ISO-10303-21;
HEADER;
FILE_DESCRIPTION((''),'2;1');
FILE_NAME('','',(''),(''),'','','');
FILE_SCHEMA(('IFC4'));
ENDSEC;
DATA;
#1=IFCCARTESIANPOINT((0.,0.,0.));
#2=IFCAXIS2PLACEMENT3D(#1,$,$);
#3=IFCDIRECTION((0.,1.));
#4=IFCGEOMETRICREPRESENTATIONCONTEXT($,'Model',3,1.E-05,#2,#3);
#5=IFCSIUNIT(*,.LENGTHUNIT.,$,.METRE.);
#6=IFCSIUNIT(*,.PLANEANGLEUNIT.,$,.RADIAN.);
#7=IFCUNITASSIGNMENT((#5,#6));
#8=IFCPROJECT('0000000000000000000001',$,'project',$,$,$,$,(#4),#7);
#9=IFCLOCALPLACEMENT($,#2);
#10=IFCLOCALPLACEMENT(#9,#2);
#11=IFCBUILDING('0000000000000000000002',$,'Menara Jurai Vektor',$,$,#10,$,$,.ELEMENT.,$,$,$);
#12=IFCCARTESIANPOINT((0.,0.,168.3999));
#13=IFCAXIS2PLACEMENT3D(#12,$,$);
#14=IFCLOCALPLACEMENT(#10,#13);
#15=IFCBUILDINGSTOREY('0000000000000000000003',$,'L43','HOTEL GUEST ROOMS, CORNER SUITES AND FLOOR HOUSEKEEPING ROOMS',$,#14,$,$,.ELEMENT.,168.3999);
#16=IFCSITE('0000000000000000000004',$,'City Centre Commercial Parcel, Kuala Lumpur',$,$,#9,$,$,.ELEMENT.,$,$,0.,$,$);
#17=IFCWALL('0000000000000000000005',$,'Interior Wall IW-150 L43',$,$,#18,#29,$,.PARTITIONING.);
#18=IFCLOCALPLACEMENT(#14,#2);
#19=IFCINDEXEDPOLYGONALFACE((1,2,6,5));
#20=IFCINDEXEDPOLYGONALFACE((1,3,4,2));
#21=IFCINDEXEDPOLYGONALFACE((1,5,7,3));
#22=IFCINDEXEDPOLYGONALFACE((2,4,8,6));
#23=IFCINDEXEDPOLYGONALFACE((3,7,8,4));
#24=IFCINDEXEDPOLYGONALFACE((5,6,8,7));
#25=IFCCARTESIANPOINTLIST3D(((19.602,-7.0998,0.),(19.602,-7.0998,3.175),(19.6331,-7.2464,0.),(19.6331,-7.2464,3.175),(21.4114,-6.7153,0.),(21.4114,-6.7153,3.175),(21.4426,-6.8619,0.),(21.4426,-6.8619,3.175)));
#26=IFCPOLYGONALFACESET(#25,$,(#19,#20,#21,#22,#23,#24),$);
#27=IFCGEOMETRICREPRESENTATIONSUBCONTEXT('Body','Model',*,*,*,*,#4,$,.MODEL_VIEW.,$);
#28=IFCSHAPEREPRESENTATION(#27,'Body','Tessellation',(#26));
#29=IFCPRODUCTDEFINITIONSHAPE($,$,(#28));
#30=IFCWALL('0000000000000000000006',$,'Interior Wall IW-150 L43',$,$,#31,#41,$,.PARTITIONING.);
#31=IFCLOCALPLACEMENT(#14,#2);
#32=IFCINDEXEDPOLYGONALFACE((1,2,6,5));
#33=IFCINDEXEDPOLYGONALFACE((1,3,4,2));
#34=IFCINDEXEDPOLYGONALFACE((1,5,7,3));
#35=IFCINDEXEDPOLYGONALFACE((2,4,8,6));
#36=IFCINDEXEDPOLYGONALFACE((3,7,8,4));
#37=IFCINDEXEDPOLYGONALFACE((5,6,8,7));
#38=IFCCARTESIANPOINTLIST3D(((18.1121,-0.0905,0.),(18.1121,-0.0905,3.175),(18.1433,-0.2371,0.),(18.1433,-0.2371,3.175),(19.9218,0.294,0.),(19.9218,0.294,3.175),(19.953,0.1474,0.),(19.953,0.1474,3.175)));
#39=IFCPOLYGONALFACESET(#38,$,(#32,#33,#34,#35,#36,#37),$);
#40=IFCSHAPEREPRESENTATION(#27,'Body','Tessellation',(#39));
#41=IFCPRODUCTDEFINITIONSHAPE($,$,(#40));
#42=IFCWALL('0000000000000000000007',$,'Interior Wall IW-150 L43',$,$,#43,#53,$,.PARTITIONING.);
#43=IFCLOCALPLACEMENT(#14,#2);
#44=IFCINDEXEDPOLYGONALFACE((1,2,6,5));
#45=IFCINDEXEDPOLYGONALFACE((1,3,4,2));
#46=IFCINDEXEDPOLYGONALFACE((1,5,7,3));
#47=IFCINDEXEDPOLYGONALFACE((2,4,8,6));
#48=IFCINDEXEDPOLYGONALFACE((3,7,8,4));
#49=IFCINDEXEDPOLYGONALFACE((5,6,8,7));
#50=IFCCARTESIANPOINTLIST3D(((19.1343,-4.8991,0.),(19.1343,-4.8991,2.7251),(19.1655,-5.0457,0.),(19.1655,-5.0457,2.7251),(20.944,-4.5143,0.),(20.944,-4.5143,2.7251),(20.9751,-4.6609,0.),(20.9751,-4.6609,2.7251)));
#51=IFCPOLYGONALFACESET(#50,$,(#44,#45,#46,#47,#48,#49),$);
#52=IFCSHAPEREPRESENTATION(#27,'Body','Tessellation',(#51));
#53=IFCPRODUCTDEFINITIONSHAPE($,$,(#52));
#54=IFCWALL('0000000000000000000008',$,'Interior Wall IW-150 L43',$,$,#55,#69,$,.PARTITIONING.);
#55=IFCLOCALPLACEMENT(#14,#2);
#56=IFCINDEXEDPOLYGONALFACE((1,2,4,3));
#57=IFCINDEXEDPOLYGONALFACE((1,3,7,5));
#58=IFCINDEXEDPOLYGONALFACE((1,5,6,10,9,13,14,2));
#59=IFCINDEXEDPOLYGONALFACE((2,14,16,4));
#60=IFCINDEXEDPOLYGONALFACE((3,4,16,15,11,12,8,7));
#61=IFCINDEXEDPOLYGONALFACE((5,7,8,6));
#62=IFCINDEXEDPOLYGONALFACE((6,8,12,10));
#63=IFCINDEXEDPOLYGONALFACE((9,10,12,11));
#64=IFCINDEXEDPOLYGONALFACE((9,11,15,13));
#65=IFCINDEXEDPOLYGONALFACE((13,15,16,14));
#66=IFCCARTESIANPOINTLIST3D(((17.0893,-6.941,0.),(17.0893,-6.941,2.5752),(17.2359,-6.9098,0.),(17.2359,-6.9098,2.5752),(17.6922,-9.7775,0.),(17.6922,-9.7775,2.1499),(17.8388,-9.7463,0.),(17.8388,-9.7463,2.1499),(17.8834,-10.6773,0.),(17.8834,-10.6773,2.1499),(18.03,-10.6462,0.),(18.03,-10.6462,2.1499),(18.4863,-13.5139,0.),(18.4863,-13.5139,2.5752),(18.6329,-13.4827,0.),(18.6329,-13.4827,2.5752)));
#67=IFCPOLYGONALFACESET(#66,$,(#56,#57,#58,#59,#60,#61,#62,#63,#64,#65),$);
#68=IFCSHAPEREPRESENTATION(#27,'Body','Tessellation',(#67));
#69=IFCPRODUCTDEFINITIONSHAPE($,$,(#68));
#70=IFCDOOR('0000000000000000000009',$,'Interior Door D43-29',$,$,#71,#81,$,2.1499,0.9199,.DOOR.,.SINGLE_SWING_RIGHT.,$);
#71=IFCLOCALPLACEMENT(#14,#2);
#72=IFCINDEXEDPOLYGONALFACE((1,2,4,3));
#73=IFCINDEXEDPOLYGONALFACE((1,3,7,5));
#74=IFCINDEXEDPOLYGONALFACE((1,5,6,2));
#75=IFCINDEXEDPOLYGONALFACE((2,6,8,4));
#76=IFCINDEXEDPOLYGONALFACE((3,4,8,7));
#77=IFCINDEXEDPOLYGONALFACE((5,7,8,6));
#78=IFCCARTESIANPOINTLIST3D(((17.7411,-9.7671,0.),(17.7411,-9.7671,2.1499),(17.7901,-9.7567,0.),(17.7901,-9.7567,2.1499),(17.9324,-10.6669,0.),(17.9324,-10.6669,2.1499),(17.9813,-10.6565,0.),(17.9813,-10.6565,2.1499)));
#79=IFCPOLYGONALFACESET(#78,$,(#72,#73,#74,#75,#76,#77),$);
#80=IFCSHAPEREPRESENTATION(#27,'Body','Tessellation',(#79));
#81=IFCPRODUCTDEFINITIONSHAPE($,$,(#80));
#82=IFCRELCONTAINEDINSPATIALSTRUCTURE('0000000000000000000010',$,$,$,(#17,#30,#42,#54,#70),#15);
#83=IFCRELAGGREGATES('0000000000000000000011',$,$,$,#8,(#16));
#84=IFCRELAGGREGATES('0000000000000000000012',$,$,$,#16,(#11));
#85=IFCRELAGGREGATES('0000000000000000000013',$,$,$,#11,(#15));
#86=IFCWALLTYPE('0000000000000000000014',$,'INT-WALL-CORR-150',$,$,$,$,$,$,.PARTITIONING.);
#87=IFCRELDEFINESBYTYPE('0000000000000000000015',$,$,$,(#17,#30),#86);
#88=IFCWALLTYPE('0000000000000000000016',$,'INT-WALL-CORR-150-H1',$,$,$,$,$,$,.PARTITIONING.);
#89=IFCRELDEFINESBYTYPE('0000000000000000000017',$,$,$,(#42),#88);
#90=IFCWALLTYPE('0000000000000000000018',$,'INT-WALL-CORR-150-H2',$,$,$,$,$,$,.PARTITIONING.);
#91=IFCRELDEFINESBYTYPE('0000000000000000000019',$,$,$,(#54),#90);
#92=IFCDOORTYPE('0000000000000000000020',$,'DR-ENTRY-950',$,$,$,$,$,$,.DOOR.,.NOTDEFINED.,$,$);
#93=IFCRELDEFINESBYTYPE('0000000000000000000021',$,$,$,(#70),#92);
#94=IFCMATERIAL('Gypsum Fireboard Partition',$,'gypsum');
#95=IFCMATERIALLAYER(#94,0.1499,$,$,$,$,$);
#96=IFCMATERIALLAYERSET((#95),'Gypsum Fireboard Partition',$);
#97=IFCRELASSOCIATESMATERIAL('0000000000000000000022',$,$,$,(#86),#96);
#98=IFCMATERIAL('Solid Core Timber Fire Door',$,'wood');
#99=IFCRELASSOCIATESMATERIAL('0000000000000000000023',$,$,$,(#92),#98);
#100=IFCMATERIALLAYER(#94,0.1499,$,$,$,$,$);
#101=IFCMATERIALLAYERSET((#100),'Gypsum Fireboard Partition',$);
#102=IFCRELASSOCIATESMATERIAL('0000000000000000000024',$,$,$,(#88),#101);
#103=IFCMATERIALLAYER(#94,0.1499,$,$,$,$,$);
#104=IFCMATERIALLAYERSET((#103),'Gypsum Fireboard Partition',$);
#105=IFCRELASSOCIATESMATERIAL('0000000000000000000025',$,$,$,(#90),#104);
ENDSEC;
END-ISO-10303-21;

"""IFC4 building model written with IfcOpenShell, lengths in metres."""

from ifc_helpers import new_model, si_unit, direction, frame, frame_2d, origin, place, context, subcontext, project, spatial, rectangle, extrude, material, layer, layer_set, type_object, element, fill, save


model = new_model("IFC4")

# Units and contexts
model_context = context("Model", 3, precision=1e-05, world=origin(), true_north=direction((0.0, 1.0)))
body_context = subcontext(model_context, "Body", "Model", "MODEL_VIEW")
ifc_project = project(units=[si_unit("LENGTHUNIT", "METRE"), si_unit("PLANEANGLEUNIT", "RADIAN")], contexts=[model_context])

# Site, building, storey
site_placement = place(None, origin())
site = spatial("IfcSite", under=ifc_project, at=site_placement, Name="City Centre Commercial Parcel, Kuala Lumpur", CompositionType="ELEMENT", RefElevation=0.0)
building_placement = place(site_placement, origin())
building = spatial("IfcBuilding", under=site, at=building_placement, Name="Menara Jurai Vektor", CompositionType="ELEMENT")
storey_placement = place(building_placement, frame((0.0, 0.0, 168.3999)))
storey = spatial("IfcBuildingStorey", under=building, at=storey_placement, Name="L43", Description="HOTEL GUEST ROOMS, CORNER SUITES AND FLOOR HOUSEKEEPING ROOMS", CompositionType="ELEMENT", Elevation=168.3999)

# Shared definitions
ifc_material_1 = material(Name="Gypsum Fireboard Partition", Category="gypsum")
ifc_layer_1 = layer(ifc_material_1, 0.1499)
ifc_layer_set_1 = layer_set([ifc_layer_1], Name="Gypsum Fireboard Partition")
wall_type_1 = type_object("IfcWallType", Name="INT-WALL-CORR-150", PredefinedType="PARTITIONING", material=ifc_layer_set_1)

# Shared definitions
ifc_material_2 = material(Name="Solid Core Timber Fire Door", Category="wood")
door_type = type_object("IfcDoorType", Name="DR-ENTRY-950", OperationType="NOTDEFINED", PredefinedType="DOOR", material=ifc_material_2)

# Walls
for number, where, z_axis, x_axis, name in (
    (1, (19.6177, -7.1731, 0.0), (0.0, 0.0, 1.0), (0.97816, 0.207852, 0.0), "Interior Wall IW-150 L43"),
):
    element("IfcWall", number, at=place(storey_placement, frame(where, z_axis=z_axis, x_axis=x_axis)), inside=storey, type_object=wall_type_1, Name=name, PredefinedType="PARTITIONING", context=body_context, shape_type="SweptSolid", body=[
        extrude(rectangle(XDim=1.8499, YDim=0.1499, at=frame_2d((0.9248, 0.0))), origin(), (0.0, 0.0, 1.0), 3.175),
    ])
wall_1_placement = place(storey_placement, frame((18.1277, -0.1638, 0.0), z_axis=(0.0, 0.0, 1.0), x_axis=(0.978166, 0.207826, 0.0)))
element("IfcWall", 2, at=wall_1_placement, inside=storey, type_object=wall_type_1, Name="Interior Wall IW-150 L43", PredefinedType="PARTITIONING", context=body_context, shape_type="SweptSolid", body=[
    extrude(rectangle(XDim=1.8501, YDim=0.1499, at=frame_2d((0.925, 0.0))), origin(), (0.0, 0.0, 1.0), 3.175),
])
ifc_layer_2 = layer(ifc_material_1, 0.1499)
ifc_layer_set_2 = layer_set([ifc_layer_2], Name="Gypsum Fireboard Partition")
wall_type_2 = type_object("IfcWallType", Name="INT-WALL-CORR-150-H1", PredefinedType="PARTITIONING", material=ifc_layer_set_2)
wall_2_placement = place(storey_placement, frame((19.1499, -4.9724, 0.0), z_axis=(0.0, 0.0, 1.0), x_axis=(0.978133, 0.207979, 0.0)))
element("IfcWall", 3, at=wall_2_placement, inside=storey, type_object=wall_type_2, Name="Interior Wall IW-150 L43", PredefinedType="PARTITIONING", context=body_context, shape_type="SweptSolid", body=[
    extrude(rectangle(XDim=1.8501, YDim=0.1499, at=frame_2d((0.925, 0.0))), origin(), (0.0, 0.0, 1.0), 2.7251),
])

# Wall, opening, door
ifc_layer_3 = layer(ifc_material_1, 0.1499)
ifc_layer_set_3 = layer_set([ifc_layer_3], Name="Gypsum Fireboard Partition")
wall_type_3 = type_object("IfcWallType", Name="INT-WALL-CORR-150-H2", PredefinedType="PARTITIONING", material=ifc_layer_set_3)
wall_3_placement = place(storey_placement, frame((18.5596, -13.4983, 0.0), z_axis=(0.0, 0.0, 1.0), x_axis=(-0.207889, 0.978152, 0.0)))
wall_3 = element("IfcWall", 4, at=wall_3_placement, inside=storey, type_object=wall_type_3, Name="Interior Wall IW-150 L43", PredefinedType="PARTITIONING", context=body_context, shape_type="SweptSolid", body=[
    extrude(rectangle(XDim=6.7197, YDim=0.1499, at=frame_2d((3.3599, 0.0))), origin(), (0.0, 0.0, 1.0), 2.5752),
])
opening_1_placement = place(wall_3_placement, frame((2.8999, 0.0, 0.0)))
opening_1 = element("IfcOpeningElement", 5, at=opening_1_placement, cuts=wall_3, PredefinedType="OPENING", context=body_context, shape_type="SweptSolid", body=[
    extrude(rectangle(XDim=0.9199, YDim=2.1499, at=frame_2d((0.46, 1.075))), frame((0.0, 0.085, 0.0), z_axis=(0.0, -1.0, 0.0), x_axis=(1.0, 0.0, 0.0)), (0.0, 0.0, 1.0), 0.1699),
])
door_1_placement = place(opening_1_placement, origin())
door_1 = element("IfcDoor", 6, at=door_1_placement, inside=storey, type_object=door_type, Name="Interior Door D43-29", OperationType="SINGLE_SWING_RIGHT", OverallHeight=2.1499, OverallWidth=0.9199, PredefinedType="DOOR", context=body_context, shape_type="SweptSolid", body=[
    extrude(rectangle(XDim=0.9199, YDim=2.1499, at=frame_2d((0.46, 1.075))), frame((0.0, 0.0249, 0.0), z_axis=(0.0, -1.0, 0.0), x_axis=(1.0, 0.0, 0.0)), (0.0, 0.0, 1.0), 0.05),
])
fill(opening_1, door_1)

save(model, "model.ifc")
